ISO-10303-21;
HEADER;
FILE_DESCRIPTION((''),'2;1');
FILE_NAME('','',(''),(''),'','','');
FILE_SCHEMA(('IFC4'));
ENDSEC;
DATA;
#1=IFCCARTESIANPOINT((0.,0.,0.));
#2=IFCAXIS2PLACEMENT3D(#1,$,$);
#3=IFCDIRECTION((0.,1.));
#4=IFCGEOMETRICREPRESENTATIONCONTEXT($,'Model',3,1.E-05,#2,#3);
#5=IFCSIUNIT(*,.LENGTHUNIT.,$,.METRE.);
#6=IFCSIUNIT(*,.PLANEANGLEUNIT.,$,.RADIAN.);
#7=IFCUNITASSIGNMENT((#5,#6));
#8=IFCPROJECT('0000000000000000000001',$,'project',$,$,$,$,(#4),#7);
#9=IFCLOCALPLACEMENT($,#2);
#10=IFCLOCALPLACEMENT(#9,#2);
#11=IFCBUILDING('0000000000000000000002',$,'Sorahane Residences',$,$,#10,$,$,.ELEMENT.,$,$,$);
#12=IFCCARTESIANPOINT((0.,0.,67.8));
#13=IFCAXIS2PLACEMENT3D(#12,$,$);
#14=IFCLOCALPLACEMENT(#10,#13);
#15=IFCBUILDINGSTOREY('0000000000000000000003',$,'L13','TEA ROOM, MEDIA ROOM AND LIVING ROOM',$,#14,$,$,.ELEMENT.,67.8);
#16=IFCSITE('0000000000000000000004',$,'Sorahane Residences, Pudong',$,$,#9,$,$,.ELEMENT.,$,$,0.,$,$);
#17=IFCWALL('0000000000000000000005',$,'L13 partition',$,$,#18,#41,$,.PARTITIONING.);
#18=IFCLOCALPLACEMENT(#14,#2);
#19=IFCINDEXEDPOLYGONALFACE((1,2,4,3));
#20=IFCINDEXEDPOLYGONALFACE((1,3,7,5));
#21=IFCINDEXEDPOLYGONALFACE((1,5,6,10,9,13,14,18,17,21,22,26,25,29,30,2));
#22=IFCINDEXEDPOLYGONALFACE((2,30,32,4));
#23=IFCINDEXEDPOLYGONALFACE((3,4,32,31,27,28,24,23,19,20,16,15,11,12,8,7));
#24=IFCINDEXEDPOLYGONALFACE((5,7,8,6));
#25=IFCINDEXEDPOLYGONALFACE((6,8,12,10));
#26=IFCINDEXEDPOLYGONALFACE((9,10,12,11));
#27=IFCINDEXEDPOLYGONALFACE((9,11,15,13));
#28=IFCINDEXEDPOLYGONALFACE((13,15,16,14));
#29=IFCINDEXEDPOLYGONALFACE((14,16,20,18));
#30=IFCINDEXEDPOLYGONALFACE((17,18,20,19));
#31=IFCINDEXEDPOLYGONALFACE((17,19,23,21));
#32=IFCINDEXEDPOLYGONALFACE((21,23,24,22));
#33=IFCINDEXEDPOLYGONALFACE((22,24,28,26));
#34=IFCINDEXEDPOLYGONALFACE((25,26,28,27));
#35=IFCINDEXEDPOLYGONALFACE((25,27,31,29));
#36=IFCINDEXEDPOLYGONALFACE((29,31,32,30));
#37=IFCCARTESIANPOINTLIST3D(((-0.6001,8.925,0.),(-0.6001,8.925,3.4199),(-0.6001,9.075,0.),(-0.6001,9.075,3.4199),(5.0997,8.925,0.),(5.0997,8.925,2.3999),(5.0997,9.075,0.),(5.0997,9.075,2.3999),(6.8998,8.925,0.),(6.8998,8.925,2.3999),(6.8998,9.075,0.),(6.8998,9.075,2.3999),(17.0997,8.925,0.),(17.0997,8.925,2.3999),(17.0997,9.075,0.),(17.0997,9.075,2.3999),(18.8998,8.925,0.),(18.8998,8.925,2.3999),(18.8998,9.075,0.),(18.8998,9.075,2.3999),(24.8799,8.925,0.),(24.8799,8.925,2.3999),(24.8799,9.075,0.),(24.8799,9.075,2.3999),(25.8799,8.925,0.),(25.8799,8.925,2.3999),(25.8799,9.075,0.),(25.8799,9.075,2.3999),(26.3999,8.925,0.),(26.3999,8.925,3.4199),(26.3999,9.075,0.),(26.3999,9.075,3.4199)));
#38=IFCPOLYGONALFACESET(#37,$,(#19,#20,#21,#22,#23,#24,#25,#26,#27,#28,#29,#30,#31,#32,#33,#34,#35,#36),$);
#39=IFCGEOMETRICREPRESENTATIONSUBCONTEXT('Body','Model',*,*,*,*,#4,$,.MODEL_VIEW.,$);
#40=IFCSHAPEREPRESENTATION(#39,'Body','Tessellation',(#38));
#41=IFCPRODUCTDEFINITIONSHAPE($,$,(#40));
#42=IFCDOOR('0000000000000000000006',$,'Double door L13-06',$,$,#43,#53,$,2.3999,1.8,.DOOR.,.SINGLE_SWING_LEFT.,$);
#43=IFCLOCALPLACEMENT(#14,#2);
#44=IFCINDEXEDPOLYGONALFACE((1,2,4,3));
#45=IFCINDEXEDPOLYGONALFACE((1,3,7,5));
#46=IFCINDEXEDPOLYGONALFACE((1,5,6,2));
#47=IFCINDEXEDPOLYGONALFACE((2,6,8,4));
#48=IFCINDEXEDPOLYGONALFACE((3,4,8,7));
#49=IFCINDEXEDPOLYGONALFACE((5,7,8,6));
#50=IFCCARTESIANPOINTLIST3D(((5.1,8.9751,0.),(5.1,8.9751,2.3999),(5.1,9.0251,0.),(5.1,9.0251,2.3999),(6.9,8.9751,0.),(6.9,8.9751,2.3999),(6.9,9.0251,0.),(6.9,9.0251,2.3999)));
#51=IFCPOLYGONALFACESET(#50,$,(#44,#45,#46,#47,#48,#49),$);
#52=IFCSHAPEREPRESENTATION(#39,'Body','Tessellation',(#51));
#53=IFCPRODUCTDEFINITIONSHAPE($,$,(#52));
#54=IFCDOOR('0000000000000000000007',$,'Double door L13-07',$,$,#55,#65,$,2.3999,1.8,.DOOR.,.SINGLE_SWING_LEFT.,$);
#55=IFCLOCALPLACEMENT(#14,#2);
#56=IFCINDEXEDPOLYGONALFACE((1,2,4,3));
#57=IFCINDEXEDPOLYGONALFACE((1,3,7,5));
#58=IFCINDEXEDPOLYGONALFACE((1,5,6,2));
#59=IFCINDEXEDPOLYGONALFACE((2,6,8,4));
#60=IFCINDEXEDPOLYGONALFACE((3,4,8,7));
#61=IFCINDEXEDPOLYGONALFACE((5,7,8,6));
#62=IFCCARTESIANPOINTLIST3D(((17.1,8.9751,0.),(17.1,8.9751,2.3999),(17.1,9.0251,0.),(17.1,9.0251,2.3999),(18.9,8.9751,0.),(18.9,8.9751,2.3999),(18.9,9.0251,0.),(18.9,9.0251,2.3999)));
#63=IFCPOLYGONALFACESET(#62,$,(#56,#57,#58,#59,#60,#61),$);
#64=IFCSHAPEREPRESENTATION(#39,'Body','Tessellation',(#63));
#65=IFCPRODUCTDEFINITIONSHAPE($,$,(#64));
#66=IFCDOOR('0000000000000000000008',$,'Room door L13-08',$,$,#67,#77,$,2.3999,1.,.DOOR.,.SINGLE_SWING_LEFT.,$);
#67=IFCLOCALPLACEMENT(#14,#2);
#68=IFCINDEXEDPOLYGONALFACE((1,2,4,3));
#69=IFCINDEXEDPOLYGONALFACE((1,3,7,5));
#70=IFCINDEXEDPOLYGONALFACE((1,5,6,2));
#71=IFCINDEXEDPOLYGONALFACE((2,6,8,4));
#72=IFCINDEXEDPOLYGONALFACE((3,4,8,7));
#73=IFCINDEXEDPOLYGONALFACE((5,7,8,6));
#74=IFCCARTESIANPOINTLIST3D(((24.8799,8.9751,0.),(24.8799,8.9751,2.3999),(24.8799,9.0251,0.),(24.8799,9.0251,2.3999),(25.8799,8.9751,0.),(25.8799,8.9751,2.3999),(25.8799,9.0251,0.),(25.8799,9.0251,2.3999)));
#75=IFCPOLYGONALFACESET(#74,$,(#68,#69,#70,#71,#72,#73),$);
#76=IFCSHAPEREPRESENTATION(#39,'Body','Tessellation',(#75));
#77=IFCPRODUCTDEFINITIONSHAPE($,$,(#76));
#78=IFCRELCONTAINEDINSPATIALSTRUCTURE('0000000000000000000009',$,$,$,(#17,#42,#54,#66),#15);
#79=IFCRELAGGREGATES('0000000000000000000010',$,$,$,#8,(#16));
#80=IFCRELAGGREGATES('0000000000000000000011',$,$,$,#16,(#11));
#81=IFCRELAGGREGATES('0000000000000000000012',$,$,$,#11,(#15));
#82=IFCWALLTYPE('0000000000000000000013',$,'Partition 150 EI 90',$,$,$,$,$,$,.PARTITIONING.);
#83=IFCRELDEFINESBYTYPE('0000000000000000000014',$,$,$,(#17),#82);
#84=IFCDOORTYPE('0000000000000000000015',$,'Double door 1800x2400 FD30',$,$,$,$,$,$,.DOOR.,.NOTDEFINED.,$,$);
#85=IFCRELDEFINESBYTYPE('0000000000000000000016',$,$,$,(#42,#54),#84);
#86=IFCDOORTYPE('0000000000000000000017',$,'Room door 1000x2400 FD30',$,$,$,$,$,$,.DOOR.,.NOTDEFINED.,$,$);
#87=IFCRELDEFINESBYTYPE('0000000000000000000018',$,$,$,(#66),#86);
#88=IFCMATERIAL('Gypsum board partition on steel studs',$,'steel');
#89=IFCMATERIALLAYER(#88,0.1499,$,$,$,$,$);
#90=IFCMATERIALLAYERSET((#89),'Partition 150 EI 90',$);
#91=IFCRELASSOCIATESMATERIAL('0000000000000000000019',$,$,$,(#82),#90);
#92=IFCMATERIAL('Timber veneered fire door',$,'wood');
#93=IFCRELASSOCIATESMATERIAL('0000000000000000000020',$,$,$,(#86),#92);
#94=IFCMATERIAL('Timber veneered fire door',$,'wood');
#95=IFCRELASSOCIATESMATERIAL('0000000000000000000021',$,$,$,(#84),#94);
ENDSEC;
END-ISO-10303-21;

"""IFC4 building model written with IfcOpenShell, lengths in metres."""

from ifc_helpers import new_model, si_unit, direction, frame, frame_2d, origin, place, context, subcontext, project, spatial, rectangle, extrude, material, layer, layer_set, type_object, element, fill, save


model = new_model("IFC4")

# Units and contexts
model_context = context("Model", 3, precision=1e-05, world=origin(), true_north=direction((0.0, 1.0)))
body_context = subcontext(model_context, "Body", "Model", "MODEL_VIEW")
ifc_project = project(units=[si_unit("LENGTHUNIT", "METRE"), si_unit("PLANEANGLEUNIT", "RADIAN")], contexts=[model_context])

# Site, building, storey
site_placement = place(None, origin())
site = spatial("IfcSite", under=ifc_project, at=site_placement, Name="Sorahane Residences, Pudong", CompositionType="ELEMENT", RefElevation=0.0)
building_placement = place(site_placement, origin())
building = spatial("IfcBuilding", under=site, at=building_placement, Name="Sorahane Residences", CompositionType="ELEMENT")
storey_placement = place(building_placement, frame((0.0, 0.0, 67.8)))
storey = spatial("IfcBuildingStorey", under=building, at=storey_placement, Name="L13", Description="TEA ROOM, MEDIA ROOM AND LIVING ROOM", CompositionType="ELEMENT", Elevation=67.8)

# Shared definitions
ifc_material_1 = material(Name="Gypsum board partition on steel studs", Category="steel")
ifc_layer_1 = layer(ifc_material_1, 0.1499)
ifc_layer_set_1 = layer_set([ifc_layer_1], Name="Partition 150 EI 90")
wall_type_1 = type_object("IfcWallType", Name="Partition 150 EI 90", PredefinedType="PARTITIONING", material=ifc_layer_set_1)

# Wall, openings, doors
ifc_material_2 = material(Name="Timber veneered fire door", Category="wood")
door_type_1 = type_object("IfcDoorType", Name="Room door 1000x2400 FD30", OperationType="NOTDEFINED", PredefinedType="DOOR", material=ifc_material_2)
wall_1_placement = place(storey_placement, frame((-0.6001, 9.0, 0.0), z_axis=(0.0, 0.0, 1.0), x_axis=(1.0, 0.0, 0.0)))
wall_1 = element("IfcWall", 1, at=wall_1_placement, inside=storey, type_object=wall_type_1, Name="L13 partition", PredefinedType="PARTITIONING", context=body_context, shape_type="SweptSolid", body=[
    extrude(rectangle(XDim=27.0, YDim=0.1499, at=frame_2d((13.5, 0.0))), origin(), (0.0, 0.0, 1.0), 3.4199),
])
opening_1_placement = place(wall_1_placement, frame((5.7, 0.0, 0.0)))
opening_1 = element("IfcOpeningElement", 2, at=opening_1_placement, cuts=wall_1, PredefinedType="OPENING", context=body_context, shape_type="SweptSolid", body=[
    extrude(rectangle(XDim=1.8, YDim=2.3999, at=frame_2d((0.8999, 1.2))), frame((0.0, 0.085, 0.0), z_axis=(0.0, -1.0, 0.0), x_axis=(1.0, 0.0, 0.0)), (0.0, 0.0, 1.0), 0.1699),
])
opening_2_placement = place(wall_1_placement, frame((17.7, 0.0, 0.0)))
opening_2 = element("IfcOpeningElement", 3, at=opening_2_placement, cuts=wall_1, PredefinedType="OPENING", context=body_context, shape_type="SweptSolid", body=[
    extrude(rectangle(XDim=1.8, YDim=2.3999, at=frame_2d((0.8999, 1.2))), frame((0.0, 0.085, 0.0), z_axis=(0.0, -1.0, 0.0), x_axis=(1.0, 0.0, 0.0)), (0.0, 0.0, 1.0), 0.1699),
])
opening_3_placement = place(wall_1_placement, frame((25.48, 0.0, 0.0)))
opening_3 = element("IfcOpeningElement", 4, at=opening_3_placement, cuts=wall_1, PredefinedType="OPENING", context=body_context, shape_type="SweptSolid", body=[
    extrude(rectangle(XDim=1.0, YDim=2.3999, at=frame_2d((0.5, 1.2))), frame((0.0, 0.085, 0.0), z_axis=(0.0, -1.0, 0.0), x_axis=(1.0, 0.0, 0.0)), (0.0, 0.0, 1.0), 0.1699),
])
ifc_material_3 = material(Name="Timber veneered fire door", Category="wood")
door_type_2 = type_object("IfcDoorType", Name="Double door 1800x2400 FD30", OperationType="NOTDEFINED", PredefinedType="DOOR", material=ifc_material_3)
door_1_placement = place(opening_1_placement, frame((1.8, 0.0, 0.0), z_axis=(0.0, 0.0, 1.0), x_axis=(-1.0, 0.0, 0.0)))
door_1 = element("IfcDoor", 5, at=door_1_placement, inside=storey, type_object=door_type_2, Name="Double door L13-06", OperationType="SINGLE_SWING_LEFT", OverallHeight=2.3999, OverallWidth=1.8, PredefinedType="DOOR", context=body_context, shape_type="SweptSolid", body=[
    extrude(rectangle(XDim=1.8, YDim=2.3999, at=frame_2d((0.8999, 1.2))), frame((0.0, 0.0249, 0.0), z_axis=(0.0, -1.0, 0.0), x_axis=(1.0, 0.0, 0.0)), (0.0, 0.0, 1.0), 0.05),
])
fill(opening_1, door_1)
door_2_placement = place(opening_2_placement, frame((1.8, 0.0, 0.0), z_axis=(0.0, 0.0, 1.0), x_axis=(-1.0, 0.0, 0.0)))
door_2 = element("IfcDoor", 6, at=door_2_placement, inside=storey, type_object=door_type_2, Name="Double door L13-07", OperationType="SINGLE_SWING_LEFT", OverallHeight=2.3999, OverallWidth=1.8, PredefinedType="DOOR", context=body_context, shape_type="SweptSolid", body=[
    extrude(rectangle(XDim=1.8, YDim=2.3999, at=frame_2d((0.8999, 1.2))), frame((0.0, 0.0249, 0.0), z_axis=(0.0, -1.0, 0.0), x_axis=(1.0, 0.0, 0.0)), (0.0, 0.0, 1.0), 0.05),
])
fill(opening_2, door_2)
door_3_placement = place(opening_3_placement, frame((1.0, 0.0, 0.0), z_axis=(0.0, 0.0, 1.0), x_axis=(-1.0, 0.0, 0.0)))
door_3 = element("IfcDoor", 7, at=door_3_placement, inside=storey, type_object=door_type_1, Name="Room door L13-08", OperationType="SINGLE_SWING_LEFT", OverallHeight=2.3999, OverallWidth=1.0, PredefinedType="DOOR", context=body_context, shape_type="SweptSolid", body=[
    extrude(rectangle(XDim=1.0, YDim=2.3999, at=frame_2d((0.5, 1.2))), frame((0.0, 0.0249, 0.0), z_axis=(0.0, -1.0, 0.0), x_axis=(1.0, 0.0, 0.0)), (0.0, 0.0, 1.0), 0.05),
])
fill(opening_3, door_3)

save(model, "model.ifc")
